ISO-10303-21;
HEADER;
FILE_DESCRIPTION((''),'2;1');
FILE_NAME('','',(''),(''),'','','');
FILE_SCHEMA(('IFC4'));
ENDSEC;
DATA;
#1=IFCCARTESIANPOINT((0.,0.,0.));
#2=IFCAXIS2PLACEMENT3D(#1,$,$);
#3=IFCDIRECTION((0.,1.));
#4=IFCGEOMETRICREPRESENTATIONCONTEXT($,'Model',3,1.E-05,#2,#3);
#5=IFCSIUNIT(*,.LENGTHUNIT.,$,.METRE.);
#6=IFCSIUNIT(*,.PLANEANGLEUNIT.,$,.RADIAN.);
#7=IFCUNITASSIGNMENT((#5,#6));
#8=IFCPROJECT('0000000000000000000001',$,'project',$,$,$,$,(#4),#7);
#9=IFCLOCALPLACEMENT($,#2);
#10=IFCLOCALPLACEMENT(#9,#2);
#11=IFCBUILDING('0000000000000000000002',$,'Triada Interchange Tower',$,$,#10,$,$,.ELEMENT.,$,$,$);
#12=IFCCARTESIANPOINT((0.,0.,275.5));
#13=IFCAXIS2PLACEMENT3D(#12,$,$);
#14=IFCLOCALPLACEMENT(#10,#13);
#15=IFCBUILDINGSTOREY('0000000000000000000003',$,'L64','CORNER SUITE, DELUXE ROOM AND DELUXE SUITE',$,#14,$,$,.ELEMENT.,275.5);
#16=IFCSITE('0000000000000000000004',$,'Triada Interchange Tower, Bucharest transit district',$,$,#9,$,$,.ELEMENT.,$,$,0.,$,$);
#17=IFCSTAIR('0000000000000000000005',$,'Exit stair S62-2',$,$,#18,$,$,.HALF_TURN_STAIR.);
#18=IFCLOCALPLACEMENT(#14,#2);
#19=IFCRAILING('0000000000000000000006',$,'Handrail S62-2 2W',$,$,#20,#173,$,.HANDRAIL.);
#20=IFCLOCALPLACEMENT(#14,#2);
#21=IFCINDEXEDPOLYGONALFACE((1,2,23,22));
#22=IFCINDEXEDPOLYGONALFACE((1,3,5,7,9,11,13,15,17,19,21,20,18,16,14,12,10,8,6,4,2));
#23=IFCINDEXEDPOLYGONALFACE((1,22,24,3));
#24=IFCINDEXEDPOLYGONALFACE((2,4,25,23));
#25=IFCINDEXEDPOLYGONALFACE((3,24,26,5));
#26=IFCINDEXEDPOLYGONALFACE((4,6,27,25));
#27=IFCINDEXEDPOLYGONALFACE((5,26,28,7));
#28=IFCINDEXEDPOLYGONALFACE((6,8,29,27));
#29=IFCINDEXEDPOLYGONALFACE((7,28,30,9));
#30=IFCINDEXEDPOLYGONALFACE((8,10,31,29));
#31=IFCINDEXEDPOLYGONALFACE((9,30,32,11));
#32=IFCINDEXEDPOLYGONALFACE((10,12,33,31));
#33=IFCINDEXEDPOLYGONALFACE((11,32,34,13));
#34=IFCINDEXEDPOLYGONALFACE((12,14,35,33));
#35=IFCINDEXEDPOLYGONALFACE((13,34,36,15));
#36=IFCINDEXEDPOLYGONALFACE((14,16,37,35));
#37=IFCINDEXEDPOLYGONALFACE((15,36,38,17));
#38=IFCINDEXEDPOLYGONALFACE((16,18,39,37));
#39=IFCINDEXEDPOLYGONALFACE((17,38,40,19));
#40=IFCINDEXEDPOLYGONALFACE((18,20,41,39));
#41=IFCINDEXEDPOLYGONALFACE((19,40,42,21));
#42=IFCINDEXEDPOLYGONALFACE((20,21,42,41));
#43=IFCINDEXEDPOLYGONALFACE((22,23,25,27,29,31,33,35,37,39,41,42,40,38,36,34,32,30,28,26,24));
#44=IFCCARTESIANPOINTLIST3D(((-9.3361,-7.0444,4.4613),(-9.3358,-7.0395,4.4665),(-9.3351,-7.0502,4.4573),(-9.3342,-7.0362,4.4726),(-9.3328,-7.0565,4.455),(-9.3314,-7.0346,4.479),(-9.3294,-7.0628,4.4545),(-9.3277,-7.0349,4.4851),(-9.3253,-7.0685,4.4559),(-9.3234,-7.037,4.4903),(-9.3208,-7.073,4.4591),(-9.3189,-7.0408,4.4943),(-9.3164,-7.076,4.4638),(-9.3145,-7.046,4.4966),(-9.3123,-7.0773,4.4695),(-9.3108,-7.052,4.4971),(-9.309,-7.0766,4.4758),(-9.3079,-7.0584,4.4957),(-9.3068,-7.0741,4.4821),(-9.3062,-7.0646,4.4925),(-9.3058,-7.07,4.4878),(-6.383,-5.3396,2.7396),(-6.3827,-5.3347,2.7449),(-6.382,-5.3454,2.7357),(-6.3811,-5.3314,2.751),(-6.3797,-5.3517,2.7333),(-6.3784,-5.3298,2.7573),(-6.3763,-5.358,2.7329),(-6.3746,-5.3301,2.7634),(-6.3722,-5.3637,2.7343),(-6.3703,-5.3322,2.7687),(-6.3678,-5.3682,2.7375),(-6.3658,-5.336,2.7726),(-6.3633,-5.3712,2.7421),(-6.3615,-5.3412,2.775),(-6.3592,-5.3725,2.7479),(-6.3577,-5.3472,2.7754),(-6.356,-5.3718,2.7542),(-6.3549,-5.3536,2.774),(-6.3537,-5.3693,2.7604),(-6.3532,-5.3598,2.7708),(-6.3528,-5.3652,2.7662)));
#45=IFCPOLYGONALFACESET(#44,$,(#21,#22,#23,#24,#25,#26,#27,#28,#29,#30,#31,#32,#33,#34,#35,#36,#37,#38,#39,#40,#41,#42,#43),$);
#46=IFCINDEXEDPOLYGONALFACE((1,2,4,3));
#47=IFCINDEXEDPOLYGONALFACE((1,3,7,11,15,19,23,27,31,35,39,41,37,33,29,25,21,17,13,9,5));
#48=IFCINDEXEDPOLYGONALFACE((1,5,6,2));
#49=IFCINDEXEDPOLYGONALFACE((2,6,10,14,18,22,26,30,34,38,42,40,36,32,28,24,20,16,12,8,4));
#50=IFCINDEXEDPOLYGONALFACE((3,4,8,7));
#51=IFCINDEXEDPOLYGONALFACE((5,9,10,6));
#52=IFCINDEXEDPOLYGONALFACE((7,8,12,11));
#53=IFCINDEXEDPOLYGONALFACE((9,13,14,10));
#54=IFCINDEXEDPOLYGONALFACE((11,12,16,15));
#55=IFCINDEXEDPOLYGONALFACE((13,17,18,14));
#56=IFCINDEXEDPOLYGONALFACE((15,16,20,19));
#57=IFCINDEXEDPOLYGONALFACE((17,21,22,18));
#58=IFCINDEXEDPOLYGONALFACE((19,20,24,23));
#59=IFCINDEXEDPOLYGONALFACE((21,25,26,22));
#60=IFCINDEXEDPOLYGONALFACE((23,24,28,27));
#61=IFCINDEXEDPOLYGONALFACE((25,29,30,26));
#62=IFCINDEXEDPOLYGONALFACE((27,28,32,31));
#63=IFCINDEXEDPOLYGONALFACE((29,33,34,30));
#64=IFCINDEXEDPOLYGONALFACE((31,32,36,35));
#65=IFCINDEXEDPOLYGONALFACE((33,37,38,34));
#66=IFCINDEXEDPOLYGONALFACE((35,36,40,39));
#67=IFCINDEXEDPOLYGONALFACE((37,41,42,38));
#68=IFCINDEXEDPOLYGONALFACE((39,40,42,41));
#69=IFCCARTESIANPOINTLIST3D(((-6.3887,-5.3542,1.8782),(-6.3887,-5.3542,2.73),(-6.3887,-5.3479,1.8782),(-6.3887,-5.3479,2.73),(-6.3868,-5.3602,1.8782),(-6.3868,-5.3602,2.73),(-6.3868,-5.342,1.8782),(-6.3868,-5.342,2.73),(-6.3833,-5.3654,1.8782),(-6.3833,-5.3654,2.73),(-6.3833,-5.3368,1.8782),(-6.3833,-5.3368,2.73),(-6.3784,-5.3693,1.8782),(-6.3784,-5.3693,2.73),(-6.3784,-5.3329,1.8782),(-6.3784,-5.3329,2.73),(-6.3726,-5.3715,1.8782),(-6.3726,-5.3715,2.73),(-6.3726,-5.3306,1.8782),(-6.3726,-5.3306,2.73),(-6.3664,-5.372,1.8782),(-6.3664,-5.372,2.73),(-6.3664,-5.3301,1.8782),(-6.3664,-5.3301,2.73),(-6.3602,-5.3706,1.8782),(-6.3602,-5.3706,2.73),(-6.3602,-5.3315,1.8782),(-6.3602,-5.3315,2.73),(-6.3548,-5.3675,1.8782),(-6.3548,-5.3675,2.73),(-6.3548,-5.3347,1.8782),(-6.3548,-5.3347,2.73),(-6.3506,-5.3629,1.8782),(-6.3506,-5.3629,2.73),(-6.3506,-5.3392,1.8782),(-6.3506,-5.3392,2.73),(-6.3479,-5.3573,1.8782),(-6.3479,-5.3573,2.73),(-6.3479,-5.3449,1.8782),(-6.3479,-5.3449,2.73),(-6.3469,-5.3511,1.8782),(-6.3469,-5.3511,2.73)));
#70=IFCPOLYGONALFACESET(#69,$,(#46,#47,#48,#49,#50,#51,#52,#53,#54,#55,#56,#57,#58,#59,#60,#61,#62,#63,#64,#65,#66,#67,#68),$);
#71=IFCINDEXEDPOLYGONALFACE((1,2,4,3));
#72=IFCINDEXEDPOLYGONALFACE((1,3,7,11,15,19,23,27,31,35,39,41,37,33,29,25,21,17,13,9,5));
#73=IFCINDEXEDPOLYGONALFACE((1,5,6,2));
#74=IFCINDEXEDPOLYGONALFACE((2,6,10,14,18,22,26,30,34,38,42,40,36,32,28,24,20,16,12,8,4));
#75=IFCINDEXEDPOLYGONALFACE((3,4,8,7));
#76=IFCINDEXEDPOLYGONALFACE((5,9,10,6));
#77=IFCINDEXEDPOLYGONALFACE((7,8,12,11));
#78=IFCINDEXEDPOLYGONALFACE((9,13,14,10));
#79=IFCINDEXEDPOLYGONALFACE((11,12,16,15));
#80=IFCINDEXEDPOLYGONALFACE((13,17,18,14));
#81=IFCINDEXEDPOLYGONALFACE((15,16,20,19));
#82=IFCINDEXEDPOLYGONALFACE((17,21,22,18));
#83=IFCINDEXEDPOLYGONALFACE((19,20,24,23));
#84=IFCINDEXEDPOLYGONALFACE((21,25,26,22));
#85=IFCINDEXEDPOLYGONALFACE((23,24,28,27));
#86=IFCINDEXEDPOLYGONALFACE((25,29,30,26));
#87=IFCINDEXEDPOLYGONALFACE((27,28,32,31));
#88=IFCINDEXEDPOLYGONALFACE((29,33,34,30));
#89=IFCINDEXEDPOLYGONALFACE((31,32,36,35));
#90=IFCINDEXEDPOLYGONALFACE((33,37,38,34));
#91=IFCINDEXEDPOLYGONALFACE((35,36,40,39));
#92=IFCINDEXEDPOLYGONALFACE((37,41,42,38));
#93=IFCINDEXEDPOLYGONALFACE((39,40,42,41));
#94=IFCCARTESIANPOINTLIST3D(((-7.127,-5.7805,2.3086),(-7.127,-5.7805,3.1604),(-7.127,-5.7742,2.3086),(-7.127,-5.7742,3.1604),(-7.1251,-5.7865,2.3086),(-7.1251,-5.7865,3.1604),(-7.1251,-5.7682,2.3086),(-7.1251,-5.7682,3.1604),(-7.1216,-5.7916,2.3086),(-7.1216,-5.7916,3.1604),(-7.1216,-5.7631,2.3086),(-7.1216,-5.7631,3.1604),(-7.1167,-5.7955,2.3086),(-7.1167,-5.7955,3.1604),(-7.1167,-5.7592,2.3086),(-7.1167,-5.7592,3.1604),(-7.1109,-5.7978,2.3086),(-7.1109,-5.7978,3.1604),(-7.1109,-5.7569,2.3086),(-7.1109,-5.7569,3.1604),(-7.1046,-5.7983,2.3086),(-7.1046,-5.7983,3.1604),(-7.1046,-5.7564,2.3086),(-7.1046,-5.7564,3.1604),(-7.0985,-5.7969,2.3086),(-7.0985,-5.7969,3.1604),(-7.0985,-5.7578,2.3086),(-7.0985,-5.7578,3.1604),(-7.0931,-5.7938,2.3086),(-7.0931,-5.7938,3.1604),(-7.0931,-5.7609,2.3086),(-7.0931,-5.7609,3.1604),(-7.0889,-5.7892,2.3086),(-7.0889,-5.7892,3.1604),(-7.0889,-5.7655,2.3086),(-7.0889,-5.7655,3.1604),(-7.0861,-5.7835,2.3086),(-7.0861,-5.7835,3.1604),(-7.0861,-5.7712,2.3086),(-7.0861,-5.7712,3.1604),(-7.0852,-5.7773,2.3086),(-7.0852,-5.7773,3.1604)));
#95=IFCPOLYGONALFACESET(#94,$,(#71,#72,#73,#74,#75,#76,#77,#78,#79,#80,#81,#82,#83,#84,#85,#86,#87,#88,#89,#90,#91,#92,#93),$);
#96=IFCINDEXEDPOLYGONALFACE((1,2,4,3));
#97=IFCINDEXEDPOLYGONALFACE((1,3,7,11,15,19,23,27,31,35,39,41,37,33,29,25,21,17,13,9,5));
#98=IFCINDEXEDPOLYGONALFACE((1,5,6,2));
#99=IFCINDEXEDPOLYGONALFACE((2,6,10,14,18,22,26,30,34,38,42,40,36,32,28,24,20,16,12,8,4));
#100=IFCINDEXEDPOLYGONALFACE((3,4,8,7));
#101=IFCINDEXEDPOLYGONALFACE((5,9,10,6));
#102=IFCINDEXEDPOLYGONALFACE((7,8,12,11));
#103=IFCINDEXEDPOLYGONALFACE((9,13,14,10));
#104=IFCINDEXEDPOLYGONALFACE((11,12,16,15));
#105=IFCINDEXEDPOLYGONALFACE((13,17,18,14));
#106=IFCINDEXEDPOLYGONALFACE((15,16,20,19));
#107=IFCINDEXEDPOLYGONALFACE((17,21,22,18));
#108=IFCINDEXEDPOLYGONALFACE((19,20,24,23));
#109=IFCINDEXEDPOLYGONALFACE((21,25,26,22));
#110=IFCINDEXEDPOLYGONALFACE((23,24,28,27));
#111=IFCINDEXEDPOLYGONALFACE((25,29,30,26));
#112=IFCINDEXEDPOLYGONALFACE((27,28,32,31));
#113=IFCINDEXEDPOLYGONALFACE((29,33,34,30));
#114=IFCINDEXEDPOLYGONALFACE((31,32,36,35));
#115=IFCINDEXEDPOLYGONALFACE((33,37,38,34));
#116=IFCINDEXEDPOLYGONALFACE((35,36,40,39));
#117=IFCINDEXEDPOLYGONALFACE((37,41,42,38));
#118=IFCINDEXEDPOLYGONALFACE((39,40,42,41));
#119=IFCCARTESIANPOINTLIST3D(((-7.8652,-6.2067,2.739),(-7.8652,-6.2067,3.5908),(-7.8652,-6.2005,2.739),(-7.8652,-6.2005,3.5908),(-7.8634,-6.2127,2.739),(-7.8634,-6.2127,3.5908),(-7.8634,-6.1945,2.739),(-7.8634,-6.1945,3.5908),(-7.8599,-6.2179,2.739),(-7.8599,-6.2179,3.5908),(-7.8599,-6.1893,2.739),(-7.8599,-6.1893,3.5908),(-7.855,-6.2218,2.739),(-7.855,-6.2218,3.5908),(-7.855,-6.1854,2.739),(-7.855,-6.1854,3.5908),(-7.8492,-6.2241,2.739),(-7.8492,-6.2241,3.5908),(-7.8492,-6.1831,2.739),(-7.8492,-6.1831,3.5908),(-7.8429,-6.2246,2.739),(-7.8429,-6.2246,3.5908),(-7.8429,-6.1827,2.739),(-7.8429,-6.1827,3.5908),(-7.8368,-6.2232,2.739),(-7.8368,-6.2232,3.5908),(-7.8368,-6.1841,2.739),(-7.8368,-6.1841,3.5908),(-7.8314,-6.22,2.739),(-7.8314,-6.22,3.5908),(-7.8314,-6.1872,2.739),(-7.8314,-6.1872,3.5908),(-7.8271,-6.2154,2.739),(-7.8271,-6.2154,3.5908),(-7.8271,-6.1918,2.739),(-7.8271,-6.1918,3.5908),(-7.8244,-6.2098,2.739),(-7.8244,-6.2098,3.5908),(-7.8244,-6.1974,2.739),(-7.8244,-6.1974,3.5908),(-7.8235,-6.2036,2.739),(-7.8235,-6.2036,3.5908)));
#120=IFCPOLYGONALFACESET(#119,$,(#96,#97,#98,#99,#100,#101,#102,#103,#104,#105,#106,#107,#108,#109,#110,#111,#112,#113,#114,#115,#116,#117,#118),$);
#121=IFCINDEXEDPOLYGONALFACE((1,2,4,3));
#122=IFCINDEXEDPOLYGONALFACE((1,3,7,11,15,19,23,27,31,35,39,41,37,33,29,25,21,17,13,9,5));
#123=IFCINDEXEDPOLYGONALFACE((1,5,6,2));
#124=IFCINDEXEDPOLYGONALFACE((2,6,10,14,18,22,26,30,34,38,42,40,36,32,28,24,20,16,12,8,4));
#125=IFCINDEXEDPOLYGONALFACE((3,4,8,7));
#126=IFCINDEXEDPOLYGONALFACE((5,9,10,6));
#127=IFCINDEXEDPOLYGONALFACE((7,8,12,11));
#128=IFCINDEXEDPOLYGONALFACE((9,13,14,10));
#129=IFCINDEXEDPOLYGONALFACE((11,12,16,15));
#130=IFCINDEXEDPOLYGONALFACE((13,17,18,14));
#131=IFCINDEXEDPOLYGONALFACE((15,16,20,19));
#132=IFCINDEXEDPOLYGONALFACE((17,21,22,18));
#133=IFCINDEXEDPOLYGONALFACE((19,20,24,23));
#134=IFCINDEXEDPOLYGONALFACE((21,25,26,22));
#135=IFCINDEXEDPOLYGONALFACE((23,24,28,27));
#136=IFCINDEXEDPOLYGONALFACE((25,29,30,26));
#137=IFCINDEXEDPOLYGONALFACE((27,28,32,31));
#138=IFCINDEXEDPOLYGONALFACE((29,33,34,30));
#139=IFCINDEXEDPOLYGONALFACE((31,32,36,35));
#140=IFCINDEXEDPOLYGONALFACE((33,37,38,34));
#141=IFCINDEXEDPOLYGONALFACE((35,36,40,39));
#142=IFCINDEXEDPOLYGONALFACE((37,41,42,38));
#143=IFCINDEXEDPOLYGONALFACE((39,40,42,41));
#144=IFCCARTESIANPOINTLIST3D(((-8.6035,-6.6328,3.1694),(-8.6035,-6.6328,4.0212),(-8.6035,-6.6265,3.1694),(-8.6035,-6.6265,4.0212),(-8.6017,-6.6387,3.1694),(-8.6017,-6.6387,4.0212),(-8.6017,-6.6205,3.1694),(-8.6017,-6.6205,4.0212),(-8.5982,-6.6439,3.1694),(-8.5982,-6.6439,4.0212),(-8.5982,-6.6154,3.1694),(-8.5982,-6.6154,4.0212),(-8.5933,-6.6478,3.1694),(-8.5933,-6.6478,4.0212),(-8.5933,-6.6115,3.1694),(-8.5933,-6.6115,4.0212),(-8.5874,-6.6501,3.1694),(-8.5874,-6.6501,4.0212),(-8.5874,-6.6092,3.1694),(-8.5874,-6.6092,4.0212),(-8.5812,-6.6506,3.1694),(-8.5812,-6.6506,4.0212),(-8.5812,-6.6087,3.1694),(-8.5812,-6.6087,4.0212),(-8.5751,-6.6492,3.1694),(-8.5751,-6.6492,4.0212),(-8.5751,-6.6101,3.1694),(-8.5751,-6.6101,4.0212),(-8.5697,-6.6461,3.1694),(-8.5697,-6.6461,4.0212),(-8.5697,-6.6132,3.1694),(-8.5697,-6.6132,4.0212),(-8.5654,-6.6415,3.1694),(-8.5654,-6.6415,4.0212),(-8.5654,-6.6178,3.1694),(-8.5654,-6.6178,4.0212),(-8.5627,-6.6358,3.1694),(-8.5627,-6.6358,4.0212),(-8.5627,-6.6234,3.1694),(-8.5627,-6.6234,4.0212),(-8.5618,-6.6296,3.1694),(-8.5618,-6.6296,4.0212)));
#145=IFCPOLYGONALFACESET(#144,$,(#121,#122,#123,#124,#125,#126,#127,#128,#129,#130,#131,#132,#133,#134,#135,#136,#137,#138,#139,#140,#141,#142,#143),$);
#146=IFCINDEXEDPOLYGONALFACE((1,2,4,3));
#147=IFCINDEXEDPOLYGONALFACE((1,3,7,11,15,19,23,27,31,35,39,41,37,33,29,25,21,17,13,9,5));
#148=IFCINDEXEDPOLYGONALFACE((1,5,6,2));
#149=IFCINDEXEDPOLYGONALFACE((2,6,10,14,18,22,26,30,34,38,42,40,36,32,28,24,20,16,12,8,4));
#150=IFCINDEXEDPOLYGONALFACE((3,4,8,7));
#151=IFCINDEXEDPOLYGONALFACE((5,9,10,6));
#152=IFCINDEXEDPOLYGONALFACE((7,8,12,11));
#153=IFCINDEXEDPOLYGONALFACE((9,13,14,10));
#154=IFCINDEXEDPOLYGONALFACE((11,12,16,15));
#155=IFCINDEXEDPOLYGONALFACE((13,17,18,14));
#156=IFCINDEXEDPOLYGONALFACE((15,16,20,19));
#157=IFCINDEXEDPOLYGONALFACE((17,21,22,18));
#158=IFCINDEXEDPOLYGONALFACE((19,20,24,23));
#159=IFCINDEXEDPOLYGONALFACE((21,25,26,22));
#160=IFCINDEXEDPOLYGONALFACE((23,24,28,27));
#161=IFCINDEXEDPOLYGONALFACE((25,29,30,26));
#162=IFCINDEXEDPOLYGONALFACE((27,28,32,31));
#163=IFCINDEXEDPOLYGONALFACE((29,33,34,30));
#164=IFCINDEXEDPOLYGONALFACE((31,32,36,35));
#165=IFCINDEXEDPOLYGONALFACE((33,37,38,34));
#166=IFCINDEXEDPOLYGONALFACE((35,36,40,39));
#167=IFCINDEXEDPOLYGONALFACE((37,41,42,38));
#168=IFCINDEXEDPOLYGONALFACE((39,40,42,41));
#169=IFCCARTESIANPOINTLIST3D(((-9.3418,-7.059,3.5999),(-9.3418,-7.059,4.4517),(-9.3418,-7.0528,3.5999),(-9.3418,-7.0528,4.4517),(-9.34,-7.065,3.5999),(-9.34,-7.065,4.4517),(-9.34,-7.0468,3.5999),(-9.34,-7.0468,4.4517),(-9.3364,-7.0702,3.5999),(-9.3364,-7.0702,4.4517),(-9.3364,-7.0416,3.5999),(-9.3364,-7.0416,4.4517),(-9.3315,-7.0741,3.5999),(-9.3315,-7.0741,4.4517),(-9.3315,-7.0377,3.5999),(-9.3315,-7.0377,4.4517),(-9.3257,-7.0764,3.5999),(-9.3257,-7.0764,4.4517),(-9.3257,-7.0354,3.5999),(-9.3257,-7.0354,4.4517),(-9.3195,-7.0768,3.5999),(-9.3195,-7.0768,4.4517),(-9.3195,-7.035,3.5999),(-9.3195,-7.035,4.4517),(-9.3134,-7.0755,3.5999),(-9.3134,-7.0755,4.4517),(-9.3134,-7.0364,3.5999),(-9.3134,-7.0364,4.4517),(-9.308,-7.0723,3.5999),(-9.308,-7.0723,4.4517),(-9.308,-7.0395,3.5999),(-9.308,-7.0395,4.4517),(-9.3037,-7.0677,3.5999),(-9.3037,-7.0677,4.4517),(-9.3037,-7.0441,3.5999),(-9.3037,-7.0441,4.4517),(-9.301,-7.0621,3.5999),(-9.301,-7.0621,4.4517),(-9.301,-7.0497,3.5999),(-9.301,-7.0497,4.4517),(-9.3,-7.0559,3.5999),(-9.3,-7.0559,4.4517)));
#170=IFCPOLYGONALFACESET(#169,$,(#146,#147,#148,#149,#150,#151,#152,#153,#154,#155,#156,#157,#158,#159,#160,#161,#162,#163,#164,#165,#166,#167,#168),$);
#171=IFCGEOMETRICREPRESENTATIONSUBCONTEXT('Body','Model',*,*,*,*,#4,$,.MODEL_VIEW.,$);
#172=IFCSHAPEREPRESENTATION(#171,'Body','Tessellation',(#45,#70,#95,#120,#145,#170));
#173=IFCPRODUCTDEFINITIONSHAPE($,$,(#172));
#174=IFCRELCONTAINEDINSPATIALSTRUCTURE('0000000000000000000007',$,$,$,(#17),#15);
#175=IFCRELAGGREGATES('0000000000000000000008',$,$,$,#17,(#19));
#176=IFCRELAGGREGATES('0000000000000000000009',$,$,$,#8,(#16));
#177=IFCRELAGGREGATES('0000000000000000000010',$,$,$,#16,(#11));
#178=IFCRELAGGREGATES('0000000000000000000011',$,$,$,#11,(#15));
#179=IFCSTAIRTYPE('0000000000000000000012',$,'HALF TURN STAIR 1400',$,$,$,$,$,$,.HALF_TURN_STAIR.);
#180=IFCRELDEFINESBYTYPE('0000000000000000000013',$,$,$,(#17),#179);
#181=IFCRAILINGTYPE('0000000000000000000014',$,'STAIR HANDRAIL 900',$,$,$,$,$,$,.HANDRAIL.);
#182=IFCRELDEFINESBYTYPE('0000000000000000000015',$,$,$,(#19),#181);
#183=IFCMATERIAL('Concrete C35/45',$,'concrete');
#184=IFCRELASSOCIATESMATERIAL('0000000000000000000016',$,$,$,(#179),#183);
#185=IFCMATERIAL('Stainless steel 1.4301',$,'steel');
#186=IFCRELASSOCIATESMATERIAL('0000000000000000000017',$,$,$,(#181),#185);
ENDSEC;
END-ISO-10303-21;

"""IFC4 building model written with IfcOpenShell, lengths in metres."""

from ifc_helpers import new_model, si_unit, direction, frame, origin, origin_2d, place, context, subcontext, project, spatial, circle, extrude, material, type_object, element, aggregate, save


model = new_model("IFC4")

# Units and contexts
model_context = context("Model", 3, precision=1e-05, world=origin(), true_north=direction((0.0, 1.0)))
body_context = subcontext(model_context, "Body", "Model", "MODEL_VIEW")
ifc_project = project(units=[si_unit("LENGTHUNIT", "METRE"), si_unit("PLANEANGLEUNIT", "RADIAN")], contexts=[model_context])

# Site, building, storey
site_placement = place(None, origin())
site = spatial("IfcSite", under=ifc_project, at=site_placement, Name="Triada Interchange Tower, Bucharest transit district", CompositionType="ELEMENT", RefElevation=0.0)
building_placement = place(site_placement, origin())
building = spatial("IfcBuilding", under=site, at=building_placement, Name="Triada Interchange Tower", CompositionType="ELEMENT")
storey_placement = place(building_placement, frame((0.0, 0.0, 275.5)))
storey = spatial("IfcBuildingStorey", under=building, at=storey_placement, Name="L64", Description="CORNER SUITE, DELUXE ROOM AND DELUXE SUITE", CompositionType="ELEMENT", Elevation=275.5)

# Stair, railing
ifc_material_1 = material(Name="Concrete C35/45", Category="concrete")
stair_type = type_object("IfcStairType", Name="HALF TURN STAIR 1400", PredefinedType="HALF_TURN_STAIR", material=ifc_material_1)
stair_placement = place(storey_placement, origin())
stair = element("IfcStair", 1, at=stair_placement, inside=storey, type_object=stair_type, Name="Exit stair S62-2", PredefinedType="HALF_TURN_STAIR")
ifc_material_2 = material(Name="Stainless steel 1.4301", Category="steel")
railing_type = type_object("IfcRailingType", Name="STAIR HANDRAIL 900", PredefinedType="HANDRAIL", material=ifc_material_2)
railing_1_placement = place(storey_placement, frame((-6.3679, -5.3511, 1.8782)))
railing_1 = element("IfcRailing", 2, at=railing_1_placement, type_object=railing_type, Name="Handrail S62-2 2W", PredefinedType="HANDRAIL", context=body_context, shape_type="SweptSolid", body=[
    extrude(circle(Radius=0.0239, at=origin_2d()), frame((0.0, 0.0, 0.876), z_axis=(-0.773091, -0.446304, 0.450714), x_axis=(0.499966, -0.866045, 0.0)), (0.0, 0.0, 1.0), 3.8198),
    extrude(circle(Radius=0.021, at=origin_2d()), origin(), (0.0, 0.0, 1.0), 0.8518),
    extrude(circle(Radius=0.021, at=origin_2d()), frame((-0.7383, -0.4263, 0.4304)), (0.0, 0.0, 1.0), 0.8518),
    extrude(circle(Radius=0.021, at=origin_2d()), frame((-1.4766, -0.8525, 0.8608)), (0.0, 0.0, 1.0), 0.8518),
    extrude(circle(Radius=0.021, at=origin_2d()), frame((-2.2148, -1.2786, 1.2913)), (0.0, 0.0, 1.0), 0.8518),
    extrude(circle(Radius=0.021, at=origin_2d()), frame((-2.9531, -1.7048, 1.7217)), (0.0, 0.0, 1.0), 0.8518),
])
aggregate(stair, [railing_1])

save(model, "model.ifc")
